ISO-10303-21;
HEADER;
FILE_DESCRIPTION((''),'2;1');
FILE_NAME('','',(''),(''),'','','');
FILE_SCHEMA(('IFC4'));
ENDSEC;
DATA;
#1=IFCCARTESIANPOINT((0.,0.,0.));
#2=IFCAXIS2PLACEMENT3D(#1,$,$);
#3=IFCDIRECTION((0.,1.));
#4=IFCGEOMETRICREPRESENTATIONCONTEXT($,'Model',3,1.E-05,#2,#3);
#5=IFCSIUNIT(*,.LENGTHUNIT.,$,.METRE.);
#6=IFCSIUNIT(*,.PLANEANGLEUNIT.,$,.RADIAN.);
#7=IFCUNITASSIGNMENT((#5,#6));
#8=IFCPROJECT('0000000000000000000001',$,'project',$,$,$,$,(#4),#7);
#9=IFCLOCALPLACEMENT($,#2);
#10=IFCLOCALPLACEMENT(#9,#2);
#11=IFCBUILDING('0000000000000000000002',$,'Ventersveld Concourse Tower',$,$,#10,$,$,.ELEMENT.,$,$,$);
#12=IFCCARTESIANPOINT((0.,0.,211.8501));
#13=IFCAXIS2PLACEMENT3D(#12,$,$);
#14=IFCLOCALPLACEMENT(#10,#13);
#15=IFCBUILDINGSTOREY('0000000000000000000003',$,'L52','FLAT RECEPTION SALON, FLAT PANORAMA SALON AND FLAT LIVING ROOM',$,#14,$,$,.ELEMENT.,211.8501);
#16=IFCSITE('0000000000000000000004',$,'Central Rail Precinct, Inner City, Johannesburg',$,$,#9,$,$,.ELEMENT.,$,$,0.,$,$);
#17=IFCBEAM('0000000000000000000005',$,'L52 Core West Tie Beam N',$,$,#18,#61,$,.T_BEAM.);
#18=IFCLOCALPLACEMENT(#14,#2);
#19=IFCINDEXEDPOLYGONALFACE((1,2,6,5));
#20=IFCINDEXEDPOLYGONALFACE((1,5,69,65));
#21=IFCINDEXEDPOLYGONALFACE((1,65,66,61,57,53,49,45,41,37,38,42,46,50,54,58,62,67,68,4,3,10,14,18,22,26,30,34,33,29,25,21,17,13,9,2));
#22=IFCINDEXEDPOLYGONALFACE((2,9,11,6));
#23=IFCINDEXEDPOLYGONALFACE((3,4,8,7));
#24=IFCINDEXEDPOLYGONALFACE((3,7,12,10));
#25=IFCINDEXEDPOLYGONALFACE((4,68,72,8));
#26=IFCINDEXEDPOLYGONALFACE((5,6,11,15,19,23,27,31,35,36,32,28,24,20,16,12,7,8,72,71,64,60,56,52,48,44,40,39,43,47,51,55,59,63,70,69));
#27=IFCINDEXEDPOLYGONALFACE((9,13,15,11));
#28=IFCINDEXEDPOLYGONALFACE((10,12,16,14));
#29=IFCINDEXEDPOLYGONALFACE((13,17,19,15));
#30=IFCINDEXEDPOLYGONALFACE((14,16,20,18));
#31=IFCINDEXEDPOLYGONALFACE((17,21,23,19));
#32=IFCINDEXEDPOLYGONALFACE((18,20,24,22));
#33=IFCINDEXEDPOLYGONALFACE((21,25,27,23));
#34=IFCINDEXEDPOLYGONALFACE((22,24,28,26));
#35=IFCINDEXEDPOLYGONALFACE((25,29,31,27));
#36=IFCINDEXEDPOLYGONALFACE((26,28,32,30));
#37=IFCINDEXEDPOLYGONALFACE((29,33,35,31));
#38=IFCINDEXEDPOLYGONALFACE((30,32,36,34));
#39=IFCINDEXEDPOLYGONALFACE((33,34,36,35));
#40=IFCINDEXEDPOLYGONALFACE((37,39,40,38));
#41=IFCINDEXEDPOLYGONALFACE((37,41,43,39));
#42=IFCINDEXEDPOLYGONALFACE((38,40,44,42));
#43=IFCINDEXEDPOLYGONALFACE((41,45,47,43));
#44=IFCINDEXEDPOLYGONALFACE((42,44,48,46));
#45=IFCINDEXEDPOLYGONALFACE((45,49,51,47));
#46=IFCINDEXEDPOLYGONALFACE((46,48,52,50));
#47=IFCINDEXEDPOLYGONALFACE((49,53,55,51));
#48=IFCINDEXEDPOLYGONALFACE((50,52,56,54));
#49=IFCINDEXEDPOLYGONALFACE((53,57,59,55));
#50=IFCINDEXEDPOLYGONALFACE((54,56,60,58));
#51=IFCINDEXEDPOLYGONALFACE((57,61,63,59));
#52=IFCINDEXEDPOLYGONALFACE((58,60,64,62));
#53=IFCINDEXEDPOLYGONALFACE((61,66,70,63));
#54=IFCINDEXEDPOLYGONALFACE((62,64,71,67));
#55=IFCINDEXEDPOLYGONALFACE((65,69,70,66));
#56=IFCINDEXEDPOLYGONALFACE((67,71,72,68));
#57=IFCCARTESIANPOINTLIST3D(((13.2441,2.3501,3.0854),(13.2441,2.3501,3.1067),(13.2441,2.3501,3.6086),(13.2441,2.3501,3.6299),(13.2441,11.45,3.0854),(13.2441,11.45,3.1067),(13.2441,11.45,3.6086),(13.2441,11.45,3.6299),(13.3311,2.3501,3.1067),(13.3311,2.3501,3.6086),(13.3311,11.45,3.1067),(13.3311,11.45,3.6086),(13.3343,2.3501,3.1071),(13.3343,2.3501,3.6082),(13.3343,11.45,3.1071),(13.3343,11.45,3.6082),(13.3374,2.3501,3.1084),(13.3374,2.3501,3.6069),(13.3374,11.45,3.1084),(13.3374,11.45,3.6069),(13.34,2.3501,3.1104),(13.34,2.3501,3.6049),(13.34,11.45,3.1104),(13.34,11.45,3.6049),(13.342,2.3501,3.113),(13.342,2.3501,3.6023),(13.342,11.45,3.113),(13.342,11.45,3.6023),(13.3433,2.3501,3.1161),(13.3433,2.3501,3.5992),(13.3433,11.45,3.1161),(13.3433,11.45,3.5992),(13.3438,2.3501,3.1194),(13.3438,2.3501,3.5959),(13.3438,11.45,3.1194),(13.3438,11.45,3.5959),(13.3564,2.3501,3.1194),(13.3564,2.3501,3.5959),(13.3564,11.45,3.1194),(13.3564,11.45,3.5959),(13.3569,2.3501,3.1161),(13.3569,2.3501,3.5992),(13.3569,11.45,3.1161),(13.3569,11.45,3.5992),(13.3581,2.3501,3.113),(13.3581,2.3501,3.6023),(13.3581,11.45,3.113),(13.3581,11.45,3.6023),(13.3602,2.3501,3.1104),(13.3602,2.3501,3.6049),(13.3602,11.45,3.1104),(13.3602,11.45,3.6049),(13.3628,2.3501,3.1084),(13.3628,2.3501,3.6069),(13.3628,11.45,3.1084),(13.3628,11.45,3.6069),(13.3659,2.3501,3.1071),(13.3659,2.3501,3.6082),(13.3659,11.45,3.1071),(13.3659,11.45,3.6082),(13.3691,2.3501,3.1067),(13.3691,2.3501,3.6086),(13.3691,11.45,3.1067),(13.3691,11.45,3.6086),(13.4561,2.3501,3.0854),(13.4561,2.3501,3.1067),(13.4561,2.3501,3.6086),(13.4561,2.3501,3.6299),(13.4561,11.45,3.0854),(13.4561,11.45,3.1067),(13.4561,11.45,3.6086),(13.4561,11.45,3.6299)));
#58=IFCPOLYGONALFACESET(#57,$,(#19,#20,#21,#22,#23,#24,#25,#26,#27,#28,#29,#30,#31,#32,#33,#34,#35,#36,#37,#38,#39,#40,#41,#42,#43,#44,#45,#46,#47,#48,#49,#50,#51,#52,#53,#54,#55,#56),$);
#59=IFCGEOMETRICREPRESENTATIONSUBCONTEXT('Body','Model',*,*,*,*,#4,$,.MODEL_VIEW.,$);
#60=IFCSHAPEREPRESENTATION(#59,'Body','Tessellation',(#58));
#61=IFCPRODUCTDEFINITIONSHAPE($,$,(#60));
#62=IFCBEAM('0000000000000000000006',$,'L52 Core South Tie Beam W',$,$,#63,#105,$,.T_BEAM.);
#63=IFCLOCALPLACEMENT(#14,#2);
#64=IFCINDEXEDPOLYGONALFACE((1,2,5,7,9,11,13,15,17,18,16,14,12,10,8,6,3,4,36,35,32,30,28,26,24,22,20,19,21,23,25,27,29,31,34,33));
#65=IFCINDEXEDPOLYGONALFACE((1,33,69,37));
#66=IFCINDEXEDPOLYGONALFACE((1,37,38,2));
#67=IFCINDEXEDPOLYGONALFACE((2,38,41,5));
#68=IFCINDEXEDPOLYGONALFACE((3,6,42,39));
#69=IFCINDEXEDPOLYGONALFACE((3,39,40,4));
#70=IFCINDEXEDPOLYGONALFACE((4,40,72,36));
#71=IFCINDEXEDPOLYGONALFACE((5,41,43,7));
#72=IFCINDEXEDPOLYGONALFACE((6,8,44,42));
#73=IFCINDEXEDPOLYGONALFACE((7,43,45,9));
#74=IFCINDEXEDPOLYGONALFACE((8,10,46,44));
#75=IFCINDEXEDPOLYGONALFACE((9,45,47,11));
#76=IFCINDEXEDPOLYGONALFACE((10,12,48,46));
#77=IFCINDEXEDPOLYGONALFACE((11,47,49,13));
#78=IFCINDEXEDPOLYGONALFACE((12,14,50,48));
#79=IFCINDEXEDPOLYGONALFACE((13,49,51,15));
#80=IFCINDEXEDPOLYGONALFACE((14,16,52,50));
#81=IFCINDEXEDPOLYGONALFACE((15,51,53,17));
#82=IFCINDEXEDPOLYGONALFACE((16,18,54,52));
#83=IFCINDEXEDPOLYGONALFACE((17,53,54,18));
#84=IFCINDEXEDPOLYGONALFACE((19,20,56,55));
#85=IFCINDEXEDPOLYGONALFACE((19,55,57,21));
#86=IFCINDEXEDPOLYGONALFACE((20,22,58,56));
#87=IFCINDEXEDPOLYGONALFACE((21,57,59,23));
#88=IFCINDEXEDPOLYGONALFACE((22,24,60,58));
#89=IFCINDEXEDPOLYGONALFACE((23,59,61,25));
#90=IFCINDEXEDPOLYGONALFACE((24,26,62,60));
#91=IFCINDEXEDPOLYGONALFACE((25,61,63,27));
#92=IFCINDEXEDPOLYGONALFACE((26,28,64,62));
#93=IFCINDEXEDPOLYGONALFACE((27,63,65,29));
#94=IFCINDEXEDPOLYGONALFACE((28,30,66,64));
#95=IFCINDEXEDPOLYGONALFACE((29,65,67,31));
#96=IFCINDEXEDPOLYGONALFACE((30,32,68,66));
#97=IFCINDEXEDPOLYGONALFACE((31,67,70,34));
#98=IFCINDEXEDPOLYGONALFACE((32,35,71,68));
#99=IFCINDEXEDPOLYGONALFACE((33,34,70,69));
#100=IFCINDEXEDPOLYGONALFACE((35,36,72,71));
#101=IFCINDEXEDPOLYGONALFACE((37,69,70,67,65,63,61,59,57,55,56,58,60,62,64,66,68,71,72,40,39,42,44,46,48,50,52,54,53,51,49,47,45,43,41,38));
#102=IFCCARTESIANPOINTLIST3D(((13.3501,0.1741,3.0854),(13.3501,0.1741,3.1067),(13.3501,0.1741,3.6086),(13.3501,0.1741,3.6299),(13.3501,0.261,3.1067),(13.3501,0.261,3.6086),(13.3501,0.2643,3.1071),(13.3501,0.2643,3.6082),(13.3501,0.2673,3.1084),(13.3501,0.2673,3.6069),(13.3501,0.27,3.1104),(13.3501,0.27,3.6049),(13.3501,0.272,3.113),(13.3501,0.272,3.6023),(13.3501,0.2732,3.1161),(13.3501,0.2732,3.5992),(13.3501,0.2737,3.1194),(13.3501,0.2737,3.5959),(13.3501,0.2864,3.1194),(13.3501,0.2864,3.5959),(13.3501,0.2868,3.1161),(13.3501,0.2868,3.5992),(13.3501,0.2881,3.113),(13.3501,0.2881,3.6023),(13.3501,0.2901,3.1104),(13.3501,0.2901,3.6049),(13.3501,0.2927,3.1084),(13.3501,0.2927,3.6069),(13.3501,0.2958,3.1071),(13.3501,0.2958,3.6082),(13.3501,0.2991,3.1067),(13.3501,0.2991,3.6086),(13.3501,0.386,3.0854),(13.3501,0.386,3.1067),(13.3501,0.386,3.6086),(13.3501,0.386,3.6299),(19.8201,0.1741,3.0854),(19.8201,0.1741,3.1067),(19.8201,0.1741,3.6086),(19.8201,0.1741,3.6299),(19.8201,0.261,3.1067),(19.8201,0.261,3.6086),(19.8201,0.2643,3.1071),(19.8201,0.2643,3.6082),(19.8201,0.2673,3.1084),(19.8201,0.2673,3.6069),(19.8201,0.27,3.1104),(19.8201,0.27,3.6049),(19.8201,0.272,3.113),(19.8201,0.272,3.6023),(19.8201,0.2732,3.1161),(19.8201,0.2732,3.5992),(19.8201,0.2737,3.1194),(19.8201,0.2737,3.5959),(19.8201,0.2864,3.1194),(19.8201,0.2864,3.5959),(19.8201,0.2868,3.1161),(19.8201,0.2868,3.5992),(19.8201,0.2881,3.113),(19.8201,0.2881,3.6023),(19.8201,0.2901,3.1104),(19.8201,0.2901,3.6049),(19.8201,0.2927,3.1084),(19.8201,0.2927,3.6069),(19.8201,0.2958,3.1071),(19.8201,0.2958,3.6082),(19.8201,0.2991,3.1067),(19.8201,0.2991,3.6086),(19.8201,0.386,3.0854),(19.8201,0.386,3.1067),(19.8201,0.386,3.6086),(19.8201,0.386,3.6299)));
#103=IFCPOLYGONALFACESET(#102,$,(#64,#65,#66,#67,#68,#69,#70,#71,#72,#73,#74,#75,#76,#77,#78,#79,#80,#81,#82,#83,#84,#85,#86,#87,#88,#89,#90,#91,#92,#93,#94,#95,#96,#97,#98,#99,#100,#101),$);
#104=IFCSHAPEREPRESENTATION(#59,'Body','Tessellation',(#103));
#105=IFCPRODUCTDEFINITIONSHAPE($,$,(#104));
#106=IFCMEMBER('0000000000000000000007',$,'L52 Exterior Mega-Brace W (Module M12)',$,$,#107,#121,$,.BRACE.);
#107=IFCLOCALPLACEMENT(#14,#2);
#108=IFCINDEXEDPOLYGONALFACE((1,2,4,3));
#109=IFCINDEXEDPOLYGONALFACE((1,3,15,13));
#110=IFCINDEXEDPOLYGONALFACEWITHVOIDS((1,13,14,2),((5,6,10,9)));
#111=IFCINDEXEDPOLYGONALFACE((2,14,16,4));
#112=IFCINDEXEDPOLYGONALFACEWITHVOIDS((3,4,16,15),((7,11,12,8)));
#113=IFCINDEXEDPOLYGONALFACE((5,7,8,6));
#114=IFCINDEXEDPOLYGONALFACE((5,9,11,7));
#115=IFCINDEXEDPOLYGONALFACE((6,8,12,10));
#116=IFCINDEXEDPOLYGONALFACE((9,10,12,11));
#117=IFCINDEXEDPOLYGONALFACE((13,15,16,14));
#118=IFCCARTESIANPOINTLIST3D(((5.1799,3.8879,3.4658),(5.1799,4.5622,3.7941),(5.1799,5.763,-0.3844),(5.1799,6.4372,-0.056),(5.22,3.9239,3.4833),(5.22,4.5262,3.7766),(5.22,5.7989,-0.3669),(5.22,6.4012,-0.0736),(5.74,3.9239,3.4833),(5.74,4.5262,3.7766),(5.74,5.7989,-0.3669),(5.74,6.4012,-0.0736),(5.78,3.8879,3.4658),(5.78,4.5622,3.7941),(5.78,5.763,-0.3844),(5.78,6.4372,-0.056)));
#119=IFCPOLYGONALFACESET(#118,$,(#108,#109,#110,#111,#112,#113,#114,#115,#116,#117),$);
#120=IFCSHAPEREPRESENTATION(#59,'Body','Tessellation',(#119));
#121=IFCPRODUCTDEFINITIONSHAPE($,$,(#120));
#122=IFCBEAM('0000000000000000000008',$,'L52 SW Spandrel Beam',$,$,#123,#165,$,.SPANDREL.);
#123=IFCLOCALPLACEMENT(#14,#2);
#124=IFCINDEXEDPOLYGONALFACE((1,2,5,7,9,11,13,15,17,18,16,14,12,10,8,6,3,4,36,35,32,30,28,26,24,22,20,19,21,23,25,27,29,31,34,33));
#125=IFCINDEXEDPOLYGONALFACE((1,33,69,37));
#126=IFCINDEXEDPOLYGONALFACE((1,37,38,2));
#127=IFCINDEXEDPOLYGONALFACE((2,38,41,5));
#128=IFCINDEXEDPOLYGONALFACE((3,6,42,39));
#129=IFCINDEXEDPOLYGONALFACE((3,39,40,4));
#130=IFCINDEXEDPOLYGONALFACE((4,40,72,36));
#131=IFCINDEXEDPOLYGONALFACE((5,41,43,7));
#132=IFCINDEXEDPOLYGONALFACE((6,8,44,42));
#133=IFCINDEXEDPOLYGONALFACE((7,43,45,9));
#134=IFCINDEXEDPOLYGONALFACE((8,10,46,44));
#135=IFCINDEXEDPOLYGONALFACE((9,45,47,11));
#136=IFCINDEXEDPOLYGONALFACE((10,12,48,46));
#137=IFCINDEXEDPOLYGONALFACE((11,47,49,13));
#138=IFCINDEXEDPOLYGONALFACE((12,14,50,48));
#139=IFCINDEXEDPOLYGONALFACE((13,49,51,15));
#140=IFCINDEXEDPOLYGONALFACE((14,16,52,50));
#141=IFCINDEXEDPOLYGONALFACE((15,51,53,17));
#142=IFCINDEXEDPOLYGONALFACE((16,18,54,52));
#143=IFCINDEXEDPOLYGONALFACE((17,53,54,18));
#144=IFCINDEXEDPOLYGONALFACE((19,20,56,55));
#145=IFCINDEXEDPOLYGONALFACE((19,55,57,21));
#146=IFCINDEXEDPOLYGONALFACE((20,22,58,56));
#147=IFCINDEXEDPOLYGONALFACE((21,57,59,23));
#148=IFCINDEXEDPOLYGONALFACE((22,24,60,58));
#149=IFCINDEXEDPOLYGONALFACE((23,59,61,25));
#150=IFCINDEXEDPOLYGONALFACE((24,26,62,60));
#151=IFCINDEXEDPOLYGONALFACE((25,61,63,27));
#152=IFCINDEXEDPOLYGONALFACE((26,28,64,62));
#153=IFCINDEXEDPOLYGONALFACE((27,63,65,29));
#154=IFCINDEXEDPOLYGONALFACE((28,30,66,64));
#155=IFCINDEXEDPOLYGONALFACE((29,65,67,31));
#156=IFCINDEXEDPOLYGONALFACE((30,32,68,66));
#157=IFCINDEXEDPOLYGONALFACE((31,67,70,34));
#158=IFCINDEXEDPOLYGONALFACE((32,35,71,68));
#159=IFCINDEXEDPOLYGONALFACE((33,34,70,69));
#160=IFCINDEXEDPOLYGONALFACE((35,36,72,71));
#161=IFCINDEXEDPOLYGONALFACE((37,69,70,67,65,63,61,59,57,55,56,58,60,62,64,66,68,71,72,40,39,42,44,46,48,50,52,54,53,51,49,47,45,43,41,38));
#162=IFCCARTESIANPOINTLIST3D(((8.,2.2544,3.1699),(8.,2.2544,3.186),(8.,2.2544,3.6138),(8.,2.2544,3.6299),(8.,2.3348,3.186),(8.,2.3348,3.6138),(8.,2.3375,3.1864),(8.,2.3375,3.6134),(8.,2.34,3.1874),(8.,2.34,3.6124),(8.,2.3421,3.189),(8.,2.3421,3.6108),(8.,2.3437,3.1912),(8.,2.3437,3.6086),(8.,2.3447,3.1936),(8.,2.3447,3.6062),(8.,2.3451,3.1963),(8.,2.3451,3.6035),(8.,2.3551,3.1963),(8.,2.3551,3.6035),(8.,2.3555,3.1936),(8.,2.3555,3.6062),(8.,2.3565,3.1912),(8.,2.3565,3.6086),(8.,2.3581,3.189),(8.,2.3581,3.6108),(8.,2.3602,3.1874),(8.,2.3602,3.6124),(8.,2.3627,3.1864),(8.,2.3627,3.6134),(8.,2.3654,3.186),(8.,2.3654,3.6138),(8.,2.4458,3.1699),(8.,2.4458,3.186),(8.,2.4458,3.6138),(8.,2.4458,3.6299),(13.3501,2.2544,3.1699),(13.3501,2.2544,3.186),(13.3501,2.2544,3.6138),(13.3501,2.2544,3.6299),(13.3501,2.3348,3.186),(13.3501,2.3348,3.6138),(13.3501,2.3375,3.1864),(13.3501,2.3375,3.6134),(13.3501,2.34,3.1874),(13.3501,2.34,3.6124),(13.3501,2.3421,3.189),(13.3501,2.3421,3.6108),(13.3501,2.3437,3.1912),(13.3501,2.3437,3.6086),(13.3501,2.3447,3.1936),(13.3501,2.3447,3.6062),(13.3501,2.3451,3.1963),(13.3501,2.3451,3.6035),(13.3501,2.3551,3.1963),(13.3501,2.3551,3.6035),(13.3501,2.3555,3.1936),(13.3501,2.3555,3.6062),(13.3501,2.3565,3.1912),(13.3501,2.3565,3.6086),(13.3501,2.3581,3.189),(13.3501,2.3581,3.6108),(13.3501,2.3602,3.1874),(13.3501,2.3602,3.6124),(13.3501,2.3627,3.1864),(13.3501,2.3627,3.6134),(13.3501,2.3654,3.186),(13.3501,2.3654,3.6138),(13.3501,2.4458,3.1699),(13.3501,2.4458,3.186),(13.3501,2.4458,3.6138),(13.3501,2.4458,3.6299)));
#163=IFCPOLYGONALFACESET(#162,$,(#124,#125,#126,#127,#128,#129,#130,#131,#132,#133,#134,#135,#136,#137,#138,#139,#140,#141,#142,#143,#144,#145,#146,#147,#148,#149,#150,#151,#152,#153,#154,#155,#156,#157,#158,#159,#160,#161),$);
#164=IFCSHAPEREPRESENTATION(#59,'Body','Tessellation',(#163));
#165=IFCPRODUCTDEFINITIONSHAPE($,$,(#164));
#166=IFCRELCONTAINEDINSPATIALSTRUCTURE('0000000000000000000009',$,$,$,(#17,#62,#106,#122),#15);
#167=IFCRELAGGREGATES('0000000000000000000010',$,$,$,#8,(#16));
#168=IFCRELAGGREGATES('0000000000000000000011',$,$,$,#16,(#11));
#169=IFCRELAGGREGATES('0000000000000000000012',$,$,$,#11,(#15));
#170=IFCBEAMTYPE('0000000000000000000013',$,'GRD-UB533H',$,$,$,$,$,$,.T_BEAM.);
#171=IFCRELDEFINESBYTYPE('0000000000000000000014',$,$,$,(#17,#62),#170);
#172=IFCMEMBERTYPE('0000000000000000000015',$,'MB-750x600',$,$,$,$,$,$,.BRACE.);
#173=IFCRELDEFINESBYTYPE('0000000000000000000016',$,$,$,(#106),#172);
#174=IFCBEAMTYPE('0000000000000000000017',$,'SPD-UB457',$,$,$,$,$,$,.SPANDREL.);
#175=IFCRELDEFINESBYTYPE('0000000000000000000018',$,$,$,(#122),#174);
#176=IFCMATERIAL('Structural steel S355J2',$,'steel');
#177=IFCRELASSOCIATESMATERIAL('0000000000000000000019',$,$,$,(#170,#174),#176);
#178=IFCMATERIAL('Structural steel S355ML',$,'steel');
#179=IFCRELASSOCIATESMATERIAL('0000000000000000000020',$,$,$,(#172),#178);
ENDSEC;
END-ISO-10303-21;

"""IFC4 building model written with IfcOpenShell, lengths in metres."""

from ifc_helpers import new_model, si_unit, direction, frame, origin, origin_2d, place, context, subcontext, project, spatial, hollow_rectangle, i_section, extrude, material, material_profile, profile_set, type_object, element, save


model = new_model("IFC4")

# Units and contexts
model_context = context("Model", 3, precision=1e-05, world=origin(), true_north=direction((0.0, 1.0)))
body_context = subcontext(model_context, "Body", "Model", "MODEL_VIEW")
ifc_project = project(units=[si_unit("LENGTHUNIT", "METRE"), si_unit("PLANEANGLEUNIT", "RADIAN")], contexts=[model_context])

# Site, building, storey
site_placement = place(None, origin())
site = spatial("IfcSite", under=ifc_project, at=site_placement, Name="Central Rail Precinct, Inner City, Johannesburg", CompositionType="ELEMENT", RefElevation=0.0)
building_placement = place(site_placement, origin())
building = spatial("IfcBuilding", under=site, at=building_placement, Name="Ventersveld Concourse Tower", CompositionType="ELEMENT")
storey_placement = place(building_placement, frame((0.0, 0.0, 211.8501)))
storey = spatial("IfcBuildingStorey", under=building, at=storey_placement, Name="L52", Description="FLAT RECEPTION SALON, FLAT PANORAMA SALON AND FLAT LIVING ROOM", CompositionType="ELEMENT", Elevation=211.8501)

# Beams
ifc_material_1 = material(Name="Structural steel S355J2", Category="steel")
ifc_material_profile_1 = material_profile(ifc_material_1, i_section(OverallWidth=0.2119, OverallDepth=0.5444, WebThickness=0.0127, FlangeThickness=0.0212, FilletRadius=0.0127, at=origin_2d()), Name="UB 533x210x122")
ifc_profile_set_1 = profile_set([ifc_material_profile_1], Name="Structural steel S355J2")
beam_type_1 = type_object("IfcBeamType", Name="GRD-UB533H", PredefinedType="T_BEAM", material=ifc_profile_set_1)
beam_1_placement = place(storey_placement, frame((13.3501, 2.3501, 3.3577), z_axis=(0.0, 1.0, 0.0), x_axis=(-1.0, 0.0, 0.0)))
element("IfcBeam", 1, at=beam_1_placement, inside=storey, type_object=beam_type_1, Name="L52 Core West Tie Beam N", PredefinedType="T_BEAM", context=body_context, shape_type="SweptSolid", body=[
    extrude(i_section(OverallWidth=0.2119, OverallDepth=0.5444, WebThickness=0.0127, FlangeThickness=0.0212, FilletRadius=0.0127, at=origin_2d()), origin(), (0.0, 0.0, 1.0), 9.0999),
])
beam_2_placement = place(storey_placement, frame((13.3501, 0.28, 3.3577), z_axis=(1.0, 0.0, 0.0), x_axis=(0.0, 1.0, 0.0)))
element("IfcBeam", 2, at=beam_2_placement, inside=storey, type_object=beam_type_1, Name="L52 Core South Tie Beam W", PredefinedType="T_BEAM", context=body_context, shape_type="SweptSolid", body=[
    extrude(i_section(OverallWidth=0.2119, OverallDepth=0.5444, WebThickness=0.0127, FlangeThickness=0.0212, FilletRadius=0.0127, at=origin_2d()), origin(), (0.0, 0.0, 1.0), 6.47),
])

# Member
ifc_material_2 = material(Name="Structural steel S355ML", Category="steel")
ifc_material_profile_2 = material_profile(ifc_material_2, hollow_rectangle(XDim=0.6001, YDim=0.75, WallThickness=0.04, at=origin_2d()), Name="BOX 750x600x40")
ifc_profile_set_2 = profile_set([ifc_material_profile_2], Name="Structural steel S355ML")
member_type = type_object("IfcMemberType", Name="MB-750x600", PredefinedType="BRACE", material=ifc_profile_set_2)
member_placement = place(storey_placement, frame((5.48, 6.1001, -0.2202), z_axis=(0.0, -0.437839, 0.899053), x_axis=(1.0, 0.0, 0.0)))
element("IfcMember", 3, at=member_placement, inside=storey, type_object=member_type, Name="L52 Exterior Mega-Brace W (Module M12)", PredefinedType="BRACE", context=body_context, shape_type="SweptSolid", body=[
    extrude(hollow_rectangle(XDim=0.6001, YDim=0.75, WallThickness=0.04, at=origin_2d()), origin(), (0.0, 0.0, 1.0), 4.2825),
])

# Beam
ifc_material_profile_3 = material_profile(ifc_material_1, i_section(OverallWidth=0.1914, OverallDepth=0.46, WebThickness=0.01, FlangeThickness=0.0161, FilletRadius=0.0103, at=origin_2d()), Name="UB 457x191x82")
ifc_profile_set_3 = profile_set([ifc_material_profile_3], Name="Structural steel S355J2")
beam_type_2 = type_object("IfcBeamType", Name="SPD-UB457", PredefinedType="SPANDREL", material=ifc_profile_set_3)
beam_3_placement = place(storey_placement, frame((8.0, 2.3501, 3.3999), z_axis=(1.0, 0.0, 0.0), x_axis=(0.0, 1.0, 0.0)))
element("IfcBeam", 4, at=beam_3_placement, inside=storey, type_object=beam_type_2, Name="L52 SW Spandrel Beam", PredefinedType="SPANDREL", context=body_context, shape_type="SweptSolid", body=[
    extrude(i_section(OverallWidth=0.1914, OverallDepth=0.46, WebThickness=0.01, FlangeThickness=0.0161, FilletRadius=0.0103, at=origin_2d()), origin(), (0.0, 0.0, 1.0), 5.3501),
])

save(model, "model.ifc")
